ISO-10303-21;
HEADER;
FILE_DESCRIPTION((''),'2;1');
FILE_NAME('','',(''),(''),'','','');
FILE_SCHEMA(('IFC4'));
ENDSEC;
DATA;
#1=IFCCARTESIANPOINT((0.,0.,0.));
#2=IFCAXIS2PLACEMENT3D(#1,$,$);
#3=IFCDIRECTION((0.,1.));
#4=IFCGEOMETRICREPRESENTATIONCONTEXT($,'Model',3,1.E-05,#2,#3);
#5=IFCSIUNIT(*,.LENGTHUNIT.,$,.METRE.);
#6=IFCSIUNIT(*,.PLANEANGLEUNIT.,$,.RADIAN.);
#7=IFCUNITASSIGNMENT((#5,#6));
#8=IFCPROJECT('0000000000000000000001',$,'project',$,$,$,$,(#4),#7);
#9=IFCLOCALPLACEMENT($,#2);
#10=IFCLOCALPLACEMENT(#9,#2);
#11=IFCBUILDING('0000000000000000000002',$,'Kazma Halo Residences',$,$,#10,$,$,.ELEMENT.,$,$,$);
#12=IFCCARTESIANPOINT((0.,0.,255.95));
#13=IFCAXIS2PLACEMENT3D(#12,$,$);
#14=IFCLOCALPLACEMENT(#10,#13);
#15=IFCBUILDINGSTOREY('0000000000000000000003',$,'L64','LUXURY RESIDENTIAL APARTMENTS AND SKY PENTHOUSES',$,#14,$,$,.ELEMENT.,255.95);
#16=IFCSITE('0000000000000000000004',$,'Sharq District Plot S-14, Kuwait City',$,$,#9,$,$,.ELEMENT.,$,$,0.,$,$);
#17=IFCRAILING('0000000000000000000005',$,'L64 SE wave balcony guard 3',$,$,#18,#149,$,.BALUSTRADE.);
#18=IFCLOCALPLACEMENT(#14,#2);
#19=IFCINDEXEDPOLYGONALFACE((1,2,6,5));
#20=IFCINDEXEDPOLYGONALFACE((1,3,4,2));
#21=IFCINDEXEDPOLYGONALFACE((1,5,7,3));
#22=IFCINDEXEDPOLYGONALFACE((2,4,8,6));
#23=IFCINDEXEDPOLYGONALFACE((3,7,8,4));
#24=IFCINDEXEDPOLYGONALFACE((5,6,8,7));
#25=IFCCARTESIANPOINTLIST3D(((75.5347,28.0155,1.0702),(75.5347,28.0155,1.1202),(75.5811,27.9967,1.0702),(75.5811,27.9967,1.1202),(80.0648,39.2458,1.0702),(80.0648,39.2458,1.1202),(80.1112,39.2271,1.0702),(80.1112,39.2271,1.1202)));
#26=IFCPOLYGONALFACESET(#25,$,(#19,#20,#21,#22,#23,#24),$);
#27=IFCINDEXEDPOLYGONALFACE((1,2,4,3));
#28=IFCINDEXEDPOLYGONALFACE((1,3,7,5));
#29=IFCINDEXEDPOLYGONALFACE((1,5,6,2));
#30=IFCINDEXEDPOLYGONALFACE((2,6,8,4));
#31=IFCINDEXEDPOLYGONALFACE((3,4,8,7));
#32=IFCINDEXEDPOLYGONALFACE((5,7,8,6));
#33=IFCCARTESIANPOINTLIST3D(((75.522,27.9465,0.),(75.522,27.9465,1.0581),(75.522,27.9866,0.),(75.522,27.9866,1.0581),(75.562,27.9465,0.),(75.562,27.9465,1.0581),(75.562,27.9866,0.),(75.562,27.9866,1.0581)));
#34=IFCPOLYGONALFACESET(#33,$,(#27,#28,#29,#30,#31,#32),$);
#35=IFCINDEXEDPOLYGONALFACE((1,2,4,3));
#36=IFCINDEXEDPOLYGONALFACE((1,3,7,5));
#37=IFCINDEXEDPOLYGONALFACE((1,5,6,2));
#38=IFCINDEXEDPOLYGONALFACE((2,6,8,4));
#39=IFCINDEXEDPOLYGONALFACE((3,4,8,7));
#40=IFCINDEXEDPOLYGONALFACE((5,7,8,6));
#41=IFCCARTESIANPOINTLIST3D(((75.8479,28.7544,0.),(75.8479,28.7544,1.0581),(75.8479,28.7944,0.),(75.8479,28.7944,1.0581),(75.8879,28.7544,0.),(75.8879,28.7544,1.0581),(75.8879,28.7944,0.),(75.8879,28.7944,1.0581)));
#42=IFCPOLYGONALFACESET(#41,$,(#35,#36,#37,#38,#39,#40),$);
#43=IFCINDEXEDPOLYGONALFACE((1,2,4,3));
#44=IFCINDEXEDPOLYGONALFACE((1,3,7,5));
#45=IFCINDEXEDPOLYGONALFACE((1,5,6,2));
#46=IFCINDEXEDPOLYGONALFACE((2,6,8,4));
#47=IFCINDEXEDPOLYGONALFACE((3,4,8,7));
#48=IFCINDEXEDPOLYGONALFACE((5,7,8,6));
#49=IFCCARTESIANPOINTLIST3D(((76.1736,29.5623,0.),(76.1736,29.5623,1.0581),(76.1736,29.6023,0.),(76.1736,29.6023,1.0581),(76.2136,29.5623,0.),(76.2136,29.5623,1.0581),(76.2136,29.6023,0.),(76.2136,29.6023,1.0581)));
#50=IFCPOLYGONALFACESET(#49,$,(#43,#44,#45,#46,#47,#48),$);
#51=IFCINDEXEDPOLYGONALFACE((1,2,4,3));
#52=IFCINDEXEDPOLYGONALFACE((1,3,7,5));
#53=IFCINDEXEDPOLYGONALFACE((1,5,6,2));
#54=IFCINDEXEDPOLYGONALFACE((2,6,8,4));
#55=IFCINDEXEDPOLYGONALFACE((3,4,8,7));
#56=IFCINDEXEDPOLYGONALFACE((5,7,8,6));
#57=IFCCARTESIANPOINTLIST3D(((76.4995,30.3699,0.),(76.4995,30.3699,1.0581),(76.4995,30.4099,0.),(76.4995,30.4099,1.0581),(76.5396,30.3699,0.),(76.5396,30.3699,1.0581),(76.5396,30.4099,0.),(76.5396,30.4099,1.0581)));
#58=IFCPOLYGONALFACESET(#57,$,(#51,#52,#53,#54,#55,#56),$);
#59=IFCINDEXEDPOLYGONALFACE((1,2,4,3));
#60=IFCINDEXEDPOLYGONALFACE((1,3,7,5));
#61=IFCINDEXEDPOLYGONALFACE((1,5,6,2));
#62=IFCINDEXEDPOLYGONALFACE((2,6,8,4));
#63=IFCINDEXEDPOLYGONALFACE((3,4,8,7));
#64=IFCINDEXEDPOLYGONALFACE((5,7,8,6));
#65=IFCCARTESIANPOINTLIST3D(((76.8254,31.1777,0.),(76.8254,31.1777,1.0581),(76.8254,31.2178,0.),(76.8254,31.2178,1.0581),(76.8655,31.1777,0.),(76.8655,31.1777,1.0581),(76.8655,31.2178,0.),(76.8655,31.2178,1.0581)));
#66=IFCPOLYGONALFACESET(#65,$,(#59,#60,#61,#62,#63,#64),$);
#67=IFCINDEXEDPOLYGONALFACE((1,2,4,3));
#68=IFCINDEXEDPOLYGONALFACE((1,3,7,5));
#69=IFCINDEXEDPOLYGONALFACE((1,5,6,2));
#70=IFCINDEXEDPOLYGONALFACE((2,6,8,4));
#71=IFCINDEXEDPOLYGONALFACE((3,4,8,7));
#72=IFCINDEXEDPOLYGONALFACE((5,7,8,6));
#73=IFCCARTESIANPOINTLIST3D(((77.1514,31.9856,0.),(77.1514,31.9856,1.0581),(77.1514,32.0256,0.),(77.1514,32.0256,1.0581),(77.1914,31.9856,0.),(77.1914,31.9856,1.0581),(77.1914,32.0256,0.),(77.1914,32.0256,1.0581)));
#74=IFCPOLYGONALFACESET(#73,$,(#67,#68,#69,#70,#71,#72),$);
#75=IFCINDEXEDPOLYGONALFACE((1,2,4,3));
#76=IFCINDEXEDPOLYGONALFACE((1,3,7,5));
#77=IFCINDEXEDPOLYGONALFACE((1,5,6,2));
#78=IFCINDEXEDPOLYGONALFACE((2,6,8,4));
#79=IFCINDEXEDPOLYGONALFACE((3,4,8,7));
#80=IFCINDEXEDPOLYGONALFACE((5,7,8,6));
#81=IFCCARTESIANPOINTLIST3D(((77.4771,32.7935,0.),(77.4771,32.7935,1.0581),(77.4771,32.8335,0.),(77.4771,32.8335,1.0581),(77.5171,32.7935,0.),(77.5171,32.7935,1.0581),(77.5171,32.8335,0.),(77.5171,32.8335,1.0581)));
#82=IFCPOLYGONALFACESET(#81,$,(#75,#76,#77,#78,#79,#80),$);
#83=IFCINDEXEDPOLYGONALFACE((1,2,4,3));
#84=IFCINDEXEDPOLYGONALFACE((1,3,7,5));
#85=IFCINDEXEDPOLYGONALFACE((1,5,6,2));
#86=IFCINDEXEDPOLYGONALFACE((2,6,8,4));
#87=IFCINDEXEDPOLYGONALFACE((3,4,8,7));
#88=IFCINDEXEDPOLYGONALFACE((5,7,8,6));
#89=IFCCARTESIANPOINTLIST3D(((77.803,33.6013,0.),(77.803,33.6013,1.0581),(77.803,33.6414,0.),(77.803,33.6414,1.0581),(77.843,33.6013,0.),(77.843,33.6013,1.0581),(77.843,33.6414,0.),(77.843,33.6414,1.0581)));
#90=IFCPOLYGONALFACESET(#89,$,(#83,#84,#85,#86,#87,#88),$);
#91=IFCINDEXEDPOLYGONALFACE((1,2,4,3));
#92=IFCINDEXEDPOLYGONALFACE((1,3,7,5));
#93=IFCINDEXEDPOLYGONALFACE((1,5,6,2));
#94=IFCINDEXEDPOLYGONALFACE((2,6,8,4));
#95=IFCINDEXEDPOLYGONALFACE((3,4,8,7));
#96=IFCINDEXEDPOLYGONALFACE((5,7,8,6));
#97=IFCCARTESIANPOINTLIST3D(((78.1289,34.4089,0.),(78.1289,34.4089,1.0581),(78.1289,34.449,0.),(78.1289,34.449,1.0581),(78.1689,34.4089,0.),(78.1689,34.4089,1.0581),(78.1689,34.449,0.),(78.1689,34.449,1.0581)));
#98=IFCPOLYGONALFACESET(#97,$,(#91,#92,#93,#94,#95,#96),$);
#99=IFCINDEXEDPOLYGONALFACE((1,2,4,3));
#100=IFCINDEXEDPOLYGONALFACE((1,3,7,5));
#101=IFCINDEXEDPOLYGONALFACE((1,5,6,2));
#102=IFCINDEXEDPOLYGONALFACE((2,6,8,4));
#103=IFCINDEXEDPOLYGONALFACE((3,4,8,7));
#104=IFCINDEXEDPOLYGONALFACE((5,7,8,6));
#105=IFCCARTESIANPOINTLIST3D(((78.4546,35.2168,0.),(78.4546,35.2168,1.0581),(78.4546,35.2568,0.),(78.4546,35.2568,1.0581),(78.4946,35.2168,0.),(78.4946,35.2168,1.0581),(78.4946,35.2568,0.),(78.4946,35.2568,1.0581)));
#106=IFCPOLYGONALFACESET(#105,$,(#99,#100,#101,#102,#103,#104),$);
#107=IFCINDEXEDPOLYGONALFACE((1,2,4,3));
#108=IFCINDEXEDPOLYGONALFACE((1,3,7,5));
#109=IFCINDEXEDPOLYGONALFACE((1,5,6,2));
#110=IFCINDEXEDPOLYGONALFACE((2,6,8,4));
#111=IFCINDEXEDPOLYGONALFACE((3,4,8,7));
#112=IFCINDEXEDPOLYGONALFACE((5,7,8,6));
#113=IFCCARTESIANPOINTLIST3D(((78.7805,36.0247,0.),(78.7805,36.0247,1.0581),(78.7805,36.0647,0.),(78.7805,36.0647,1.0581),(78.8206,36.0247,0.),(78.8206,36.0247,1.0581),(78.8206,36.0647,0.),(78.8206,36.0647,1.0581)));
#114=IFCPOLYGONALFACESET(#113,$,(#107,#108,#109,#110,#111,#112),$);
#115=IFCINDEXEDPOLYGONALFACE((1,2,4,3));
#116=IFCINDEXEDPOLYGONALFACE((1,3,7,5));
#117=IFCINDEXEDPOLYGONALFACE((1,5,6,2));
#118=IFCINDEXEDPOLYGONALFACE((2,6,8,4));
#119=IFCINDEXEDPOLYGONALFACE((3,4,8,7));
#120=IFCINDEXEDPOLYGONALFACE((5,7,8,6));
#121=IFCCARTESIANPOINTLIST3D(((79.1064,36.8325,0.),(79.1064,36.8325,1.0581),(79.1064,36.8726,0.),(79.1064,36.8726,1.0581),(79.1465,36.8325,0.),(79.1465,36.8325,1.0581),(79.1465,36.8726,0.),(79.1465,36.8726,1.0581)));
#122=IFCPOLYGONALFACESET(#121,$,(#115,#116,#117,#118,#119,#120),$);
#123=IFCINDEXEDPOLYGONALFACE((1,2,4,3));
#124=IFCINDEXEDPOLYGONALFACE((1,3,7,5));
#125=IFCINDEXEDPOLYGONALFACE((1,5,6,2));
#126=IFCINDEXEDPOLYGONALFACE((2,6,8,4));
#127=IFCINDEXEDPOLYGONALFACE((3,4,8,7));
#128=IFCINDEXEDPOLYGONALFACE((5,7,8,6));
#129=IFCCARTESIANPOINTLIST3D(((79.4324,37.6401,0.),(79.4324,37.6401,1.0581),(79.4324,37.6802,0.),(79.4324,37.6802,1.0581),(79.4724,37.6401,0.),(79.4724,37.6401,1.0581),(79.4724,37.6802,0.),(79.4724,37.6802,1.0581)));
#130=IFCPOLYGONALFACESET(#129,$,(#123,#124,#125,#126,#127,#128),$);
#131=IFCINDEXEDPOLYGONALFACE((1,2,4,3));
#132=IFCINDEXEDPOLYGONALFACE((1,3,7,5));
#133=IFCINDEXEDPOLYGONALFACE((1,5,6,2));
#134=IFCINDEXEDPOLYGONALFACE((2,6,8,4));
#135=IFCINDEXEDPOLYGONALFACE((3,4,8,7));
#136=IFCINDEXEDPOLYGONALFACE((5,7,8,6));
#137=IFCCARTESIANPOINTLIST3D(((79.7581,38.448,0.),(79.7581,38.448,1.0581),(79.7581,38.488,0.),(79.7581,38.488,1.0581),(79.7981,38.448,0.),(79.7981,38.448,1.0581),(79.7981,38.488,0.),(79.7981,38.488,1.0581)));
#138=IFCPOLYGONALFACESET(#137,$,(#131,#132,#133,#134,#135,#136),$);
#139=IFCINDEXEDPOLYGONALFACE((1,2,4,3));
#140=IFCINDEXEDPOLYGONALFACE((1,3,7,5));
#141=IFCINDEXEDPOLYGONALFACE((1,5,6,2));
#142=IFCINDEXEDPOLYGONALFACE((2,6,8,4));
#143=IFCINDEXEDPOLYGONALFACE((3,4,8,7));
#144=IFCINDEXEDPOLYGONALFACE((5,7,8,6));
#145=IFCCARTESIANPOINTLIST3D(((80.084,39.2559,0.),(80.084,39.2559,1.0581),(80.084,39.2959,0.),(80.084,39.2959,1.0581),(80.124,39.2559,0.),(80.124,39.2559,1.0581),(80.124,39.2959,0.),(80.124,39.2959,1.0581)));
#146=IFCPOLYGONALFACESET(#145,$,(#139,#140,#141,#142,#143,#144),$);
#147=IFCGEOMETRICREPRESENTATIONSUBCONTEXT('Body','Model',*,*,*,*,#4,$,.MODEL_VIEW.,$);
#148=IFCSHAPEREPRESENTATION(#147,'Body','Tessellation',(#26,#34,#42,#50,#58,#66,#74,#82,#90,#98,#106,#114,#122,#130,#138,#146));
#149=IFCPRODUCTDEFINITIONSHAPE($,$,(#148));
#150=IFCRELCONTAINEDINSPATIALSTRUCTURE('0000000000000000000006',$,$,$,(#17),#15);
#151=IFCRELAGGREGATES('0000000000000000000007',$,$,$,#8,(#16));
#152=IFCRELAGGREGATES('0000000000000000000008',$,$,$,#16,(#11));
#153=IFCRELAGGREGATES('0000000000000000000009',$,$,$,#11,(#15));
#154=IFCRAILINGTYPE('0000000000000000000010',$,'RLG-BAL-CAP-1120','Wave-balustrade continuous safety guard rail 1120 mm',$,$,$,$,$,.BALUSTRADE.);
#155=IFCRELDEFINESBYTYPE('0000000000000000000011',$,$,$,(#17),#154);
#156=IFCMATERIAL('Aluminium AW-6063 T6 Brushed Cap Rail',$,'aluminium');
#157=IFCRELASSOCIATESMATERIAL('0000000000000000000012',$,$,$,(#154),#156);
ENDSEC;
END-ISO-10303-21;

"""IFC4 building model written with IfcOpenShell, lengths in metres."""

from ifc_helpers import new_model, si_unit, direction, frame, origin, origin_2d, place, context, subcontext, project, spatial, rectangle, extrude, material, type_object, element, save


model = new_model("IFC4")

# Units and contexts
model_context = context("Model", 3, precision=1e-05, world=origin(), true_north=direction((0.0, 1.0)))
body_context = subcontext(model_context, "Body", "Model", "MODEL_VIEW")
ifc_project = project(units=[si_unit("LENGTHUNIT", "METRE"), si_unit("PLANEANGLEUNIT", "RADIAN")], contexts=[model_context])

# Site, building, storey
site_placement = place(None, origin())
site = spatial("IfcSite", under=ifc_project, at=site_placement, Name="Sharq District Plot S-14, Kuwait City", CompositionType="ELEMENT", RefElevation=0.0)
building_placement = place(site_placement, origin())
building = spatial("IfcBuilding", under=site, at=building_placement, Name="Kazma Halo Residences", CompositionType="ELEMENT")
storey_placement = place(building_placement, frame((0.0, 0.0, 255.95)))
storey = spatial("IfcBuildingStorey", under=building, at=storey_placement, Name="L64", Description="LUXURY RESIDENTIAL APARTMENTS AND SKY PENTHOUSES", CompositionType="ELEMENT", Elevation=255.95)

# Railing
ifc_material_1 = material(Name="Aluminium AW-6063 T6 Brushed Cap Rail", Category="aluminium")
railing_type = type_object("IfcRailingType", Name="RLG-BAL-CAP-1120", Description="Wave-balustrade continuous safety guard rail 1120 mm", PredefinedType="BALUSTRADE", material=ifc_material_1)
railing_1_placement = place(storey_placement, frame((75.542, 27.9666, 0.0)))
element("IfcRailing", 1, at=railing_1_placement, inside=storey, type_object=railing_type, Name="L64 SE wave balcony guard 3", PredefinedType="BALUSTRADE", context=body_context, shape_type="SweptSolid", body=[
    extrude(rectangle(XDim=0.05, YDim=0.05, at=origin_2d()), frame((0.0159, 0.0396, 1.0952), z_axis=(0.374095, 0.92739, 0.0), x_axis=(-0.92739, 0.374095, 0.0)), (0.0, 0.0, 1.0), 12.1096),
    extrude(rectangle(XDim=0.04, YDim=0.04, at=origin_2d()), origin(), (0.0, 0.0, 1.0), 1.0581),
    extrude(rectangle(XDim=0.04, YDim=0.04, at=origin_2d()), frame((0.3259, 0.8079, 0.0)), (0.0, 0.0, 1.0), 1.0581),
    extrude(rectangle(XDim=0.04, YDim=0.04, at=origin_2d()), frame((0.6516, 1.6157, 0.0)), (0.0, 0.0, 1.0), 1.0581),
    extrude(rectangle(XDim=0.04, YDim=0.04, at=origin_2d()), frame((0.9775, 2.4233, 0.0)), (0.0, 0.0, 1.0), 1.0581),
    extrude(rectangle(XDim=0.04, YDim=0.04, at=origin_2d()), frame((1.3035, 3.2312, 0.0)), (0.0, 0.0, 1.0), 1.0581),
    extrude(rectangle(XDim=0.04, YDim=0.04, at=origin_2d()), frame((1.6294, 4.0391, 0.0)), (0.0, 0.0, 1.0), 1.0581),
    extrude(rectangle(XDim=0.04, YDim=0.04, at=origin_2d()), frame((1.9551, 4.8469, 0.0)), (0.0, 0.0, 1.0), 1.0581),
    extrude(rectangle(XDim=0.04, YDim=0.04, at=origin_2d()), frame((2.281, 5.6548, 0.0)), (0.0, 0.0, 1.0), 1.0581),
    extrude(rectangle(XDim=0.04, YDim=0.04, at=origin_2d()), frame((2.6069, 6.4624, 0.0)), (0.0, 0.0, 1.0), 1.0581),
    extrude(rectangle(XDim=0.04, YDim=0.04, at=origin_2d()), frame((2.9326, 7.2703, 0.0)), (0.0, 0.0, 1.0), 1.0581),
    extrude(rectangle(XDim=0.04, YDim=0.04, at=origin_2d()), frame((3.2585, 8.0781, 0.0)), (0.0, 0.0, 1.0), 1.0581),
    extrude(rectangle(XDim=0.04, YDim=0.04, at=origin_2d()), frame((3.5845, 8.886, 0.0)), (0.0, 0.0, 1.0), 1.0581),
    extrude(rectangle(XDim=0.04, YDim=0.04, at=origin_2d()), frame((3.9104, 9.6936, 0.0)), (0.0, 0.0, 1.0), 1.0581),
    extrude(rectangle(XDim=0.04, YDim=0.04, at=origin_2d()), frame((4.2361, 10.5015, 0.0)), (0.0, 0.0, 1.0), 1.0581),
    extrude(rectangle(XDim=0.04, YDim=0.04, at=origin_2d()), frame((4.562, 11.3093, 0.0)), (0.0, 0.0, 1.0), 1.0581),
])

save(model, "model.ifc")
